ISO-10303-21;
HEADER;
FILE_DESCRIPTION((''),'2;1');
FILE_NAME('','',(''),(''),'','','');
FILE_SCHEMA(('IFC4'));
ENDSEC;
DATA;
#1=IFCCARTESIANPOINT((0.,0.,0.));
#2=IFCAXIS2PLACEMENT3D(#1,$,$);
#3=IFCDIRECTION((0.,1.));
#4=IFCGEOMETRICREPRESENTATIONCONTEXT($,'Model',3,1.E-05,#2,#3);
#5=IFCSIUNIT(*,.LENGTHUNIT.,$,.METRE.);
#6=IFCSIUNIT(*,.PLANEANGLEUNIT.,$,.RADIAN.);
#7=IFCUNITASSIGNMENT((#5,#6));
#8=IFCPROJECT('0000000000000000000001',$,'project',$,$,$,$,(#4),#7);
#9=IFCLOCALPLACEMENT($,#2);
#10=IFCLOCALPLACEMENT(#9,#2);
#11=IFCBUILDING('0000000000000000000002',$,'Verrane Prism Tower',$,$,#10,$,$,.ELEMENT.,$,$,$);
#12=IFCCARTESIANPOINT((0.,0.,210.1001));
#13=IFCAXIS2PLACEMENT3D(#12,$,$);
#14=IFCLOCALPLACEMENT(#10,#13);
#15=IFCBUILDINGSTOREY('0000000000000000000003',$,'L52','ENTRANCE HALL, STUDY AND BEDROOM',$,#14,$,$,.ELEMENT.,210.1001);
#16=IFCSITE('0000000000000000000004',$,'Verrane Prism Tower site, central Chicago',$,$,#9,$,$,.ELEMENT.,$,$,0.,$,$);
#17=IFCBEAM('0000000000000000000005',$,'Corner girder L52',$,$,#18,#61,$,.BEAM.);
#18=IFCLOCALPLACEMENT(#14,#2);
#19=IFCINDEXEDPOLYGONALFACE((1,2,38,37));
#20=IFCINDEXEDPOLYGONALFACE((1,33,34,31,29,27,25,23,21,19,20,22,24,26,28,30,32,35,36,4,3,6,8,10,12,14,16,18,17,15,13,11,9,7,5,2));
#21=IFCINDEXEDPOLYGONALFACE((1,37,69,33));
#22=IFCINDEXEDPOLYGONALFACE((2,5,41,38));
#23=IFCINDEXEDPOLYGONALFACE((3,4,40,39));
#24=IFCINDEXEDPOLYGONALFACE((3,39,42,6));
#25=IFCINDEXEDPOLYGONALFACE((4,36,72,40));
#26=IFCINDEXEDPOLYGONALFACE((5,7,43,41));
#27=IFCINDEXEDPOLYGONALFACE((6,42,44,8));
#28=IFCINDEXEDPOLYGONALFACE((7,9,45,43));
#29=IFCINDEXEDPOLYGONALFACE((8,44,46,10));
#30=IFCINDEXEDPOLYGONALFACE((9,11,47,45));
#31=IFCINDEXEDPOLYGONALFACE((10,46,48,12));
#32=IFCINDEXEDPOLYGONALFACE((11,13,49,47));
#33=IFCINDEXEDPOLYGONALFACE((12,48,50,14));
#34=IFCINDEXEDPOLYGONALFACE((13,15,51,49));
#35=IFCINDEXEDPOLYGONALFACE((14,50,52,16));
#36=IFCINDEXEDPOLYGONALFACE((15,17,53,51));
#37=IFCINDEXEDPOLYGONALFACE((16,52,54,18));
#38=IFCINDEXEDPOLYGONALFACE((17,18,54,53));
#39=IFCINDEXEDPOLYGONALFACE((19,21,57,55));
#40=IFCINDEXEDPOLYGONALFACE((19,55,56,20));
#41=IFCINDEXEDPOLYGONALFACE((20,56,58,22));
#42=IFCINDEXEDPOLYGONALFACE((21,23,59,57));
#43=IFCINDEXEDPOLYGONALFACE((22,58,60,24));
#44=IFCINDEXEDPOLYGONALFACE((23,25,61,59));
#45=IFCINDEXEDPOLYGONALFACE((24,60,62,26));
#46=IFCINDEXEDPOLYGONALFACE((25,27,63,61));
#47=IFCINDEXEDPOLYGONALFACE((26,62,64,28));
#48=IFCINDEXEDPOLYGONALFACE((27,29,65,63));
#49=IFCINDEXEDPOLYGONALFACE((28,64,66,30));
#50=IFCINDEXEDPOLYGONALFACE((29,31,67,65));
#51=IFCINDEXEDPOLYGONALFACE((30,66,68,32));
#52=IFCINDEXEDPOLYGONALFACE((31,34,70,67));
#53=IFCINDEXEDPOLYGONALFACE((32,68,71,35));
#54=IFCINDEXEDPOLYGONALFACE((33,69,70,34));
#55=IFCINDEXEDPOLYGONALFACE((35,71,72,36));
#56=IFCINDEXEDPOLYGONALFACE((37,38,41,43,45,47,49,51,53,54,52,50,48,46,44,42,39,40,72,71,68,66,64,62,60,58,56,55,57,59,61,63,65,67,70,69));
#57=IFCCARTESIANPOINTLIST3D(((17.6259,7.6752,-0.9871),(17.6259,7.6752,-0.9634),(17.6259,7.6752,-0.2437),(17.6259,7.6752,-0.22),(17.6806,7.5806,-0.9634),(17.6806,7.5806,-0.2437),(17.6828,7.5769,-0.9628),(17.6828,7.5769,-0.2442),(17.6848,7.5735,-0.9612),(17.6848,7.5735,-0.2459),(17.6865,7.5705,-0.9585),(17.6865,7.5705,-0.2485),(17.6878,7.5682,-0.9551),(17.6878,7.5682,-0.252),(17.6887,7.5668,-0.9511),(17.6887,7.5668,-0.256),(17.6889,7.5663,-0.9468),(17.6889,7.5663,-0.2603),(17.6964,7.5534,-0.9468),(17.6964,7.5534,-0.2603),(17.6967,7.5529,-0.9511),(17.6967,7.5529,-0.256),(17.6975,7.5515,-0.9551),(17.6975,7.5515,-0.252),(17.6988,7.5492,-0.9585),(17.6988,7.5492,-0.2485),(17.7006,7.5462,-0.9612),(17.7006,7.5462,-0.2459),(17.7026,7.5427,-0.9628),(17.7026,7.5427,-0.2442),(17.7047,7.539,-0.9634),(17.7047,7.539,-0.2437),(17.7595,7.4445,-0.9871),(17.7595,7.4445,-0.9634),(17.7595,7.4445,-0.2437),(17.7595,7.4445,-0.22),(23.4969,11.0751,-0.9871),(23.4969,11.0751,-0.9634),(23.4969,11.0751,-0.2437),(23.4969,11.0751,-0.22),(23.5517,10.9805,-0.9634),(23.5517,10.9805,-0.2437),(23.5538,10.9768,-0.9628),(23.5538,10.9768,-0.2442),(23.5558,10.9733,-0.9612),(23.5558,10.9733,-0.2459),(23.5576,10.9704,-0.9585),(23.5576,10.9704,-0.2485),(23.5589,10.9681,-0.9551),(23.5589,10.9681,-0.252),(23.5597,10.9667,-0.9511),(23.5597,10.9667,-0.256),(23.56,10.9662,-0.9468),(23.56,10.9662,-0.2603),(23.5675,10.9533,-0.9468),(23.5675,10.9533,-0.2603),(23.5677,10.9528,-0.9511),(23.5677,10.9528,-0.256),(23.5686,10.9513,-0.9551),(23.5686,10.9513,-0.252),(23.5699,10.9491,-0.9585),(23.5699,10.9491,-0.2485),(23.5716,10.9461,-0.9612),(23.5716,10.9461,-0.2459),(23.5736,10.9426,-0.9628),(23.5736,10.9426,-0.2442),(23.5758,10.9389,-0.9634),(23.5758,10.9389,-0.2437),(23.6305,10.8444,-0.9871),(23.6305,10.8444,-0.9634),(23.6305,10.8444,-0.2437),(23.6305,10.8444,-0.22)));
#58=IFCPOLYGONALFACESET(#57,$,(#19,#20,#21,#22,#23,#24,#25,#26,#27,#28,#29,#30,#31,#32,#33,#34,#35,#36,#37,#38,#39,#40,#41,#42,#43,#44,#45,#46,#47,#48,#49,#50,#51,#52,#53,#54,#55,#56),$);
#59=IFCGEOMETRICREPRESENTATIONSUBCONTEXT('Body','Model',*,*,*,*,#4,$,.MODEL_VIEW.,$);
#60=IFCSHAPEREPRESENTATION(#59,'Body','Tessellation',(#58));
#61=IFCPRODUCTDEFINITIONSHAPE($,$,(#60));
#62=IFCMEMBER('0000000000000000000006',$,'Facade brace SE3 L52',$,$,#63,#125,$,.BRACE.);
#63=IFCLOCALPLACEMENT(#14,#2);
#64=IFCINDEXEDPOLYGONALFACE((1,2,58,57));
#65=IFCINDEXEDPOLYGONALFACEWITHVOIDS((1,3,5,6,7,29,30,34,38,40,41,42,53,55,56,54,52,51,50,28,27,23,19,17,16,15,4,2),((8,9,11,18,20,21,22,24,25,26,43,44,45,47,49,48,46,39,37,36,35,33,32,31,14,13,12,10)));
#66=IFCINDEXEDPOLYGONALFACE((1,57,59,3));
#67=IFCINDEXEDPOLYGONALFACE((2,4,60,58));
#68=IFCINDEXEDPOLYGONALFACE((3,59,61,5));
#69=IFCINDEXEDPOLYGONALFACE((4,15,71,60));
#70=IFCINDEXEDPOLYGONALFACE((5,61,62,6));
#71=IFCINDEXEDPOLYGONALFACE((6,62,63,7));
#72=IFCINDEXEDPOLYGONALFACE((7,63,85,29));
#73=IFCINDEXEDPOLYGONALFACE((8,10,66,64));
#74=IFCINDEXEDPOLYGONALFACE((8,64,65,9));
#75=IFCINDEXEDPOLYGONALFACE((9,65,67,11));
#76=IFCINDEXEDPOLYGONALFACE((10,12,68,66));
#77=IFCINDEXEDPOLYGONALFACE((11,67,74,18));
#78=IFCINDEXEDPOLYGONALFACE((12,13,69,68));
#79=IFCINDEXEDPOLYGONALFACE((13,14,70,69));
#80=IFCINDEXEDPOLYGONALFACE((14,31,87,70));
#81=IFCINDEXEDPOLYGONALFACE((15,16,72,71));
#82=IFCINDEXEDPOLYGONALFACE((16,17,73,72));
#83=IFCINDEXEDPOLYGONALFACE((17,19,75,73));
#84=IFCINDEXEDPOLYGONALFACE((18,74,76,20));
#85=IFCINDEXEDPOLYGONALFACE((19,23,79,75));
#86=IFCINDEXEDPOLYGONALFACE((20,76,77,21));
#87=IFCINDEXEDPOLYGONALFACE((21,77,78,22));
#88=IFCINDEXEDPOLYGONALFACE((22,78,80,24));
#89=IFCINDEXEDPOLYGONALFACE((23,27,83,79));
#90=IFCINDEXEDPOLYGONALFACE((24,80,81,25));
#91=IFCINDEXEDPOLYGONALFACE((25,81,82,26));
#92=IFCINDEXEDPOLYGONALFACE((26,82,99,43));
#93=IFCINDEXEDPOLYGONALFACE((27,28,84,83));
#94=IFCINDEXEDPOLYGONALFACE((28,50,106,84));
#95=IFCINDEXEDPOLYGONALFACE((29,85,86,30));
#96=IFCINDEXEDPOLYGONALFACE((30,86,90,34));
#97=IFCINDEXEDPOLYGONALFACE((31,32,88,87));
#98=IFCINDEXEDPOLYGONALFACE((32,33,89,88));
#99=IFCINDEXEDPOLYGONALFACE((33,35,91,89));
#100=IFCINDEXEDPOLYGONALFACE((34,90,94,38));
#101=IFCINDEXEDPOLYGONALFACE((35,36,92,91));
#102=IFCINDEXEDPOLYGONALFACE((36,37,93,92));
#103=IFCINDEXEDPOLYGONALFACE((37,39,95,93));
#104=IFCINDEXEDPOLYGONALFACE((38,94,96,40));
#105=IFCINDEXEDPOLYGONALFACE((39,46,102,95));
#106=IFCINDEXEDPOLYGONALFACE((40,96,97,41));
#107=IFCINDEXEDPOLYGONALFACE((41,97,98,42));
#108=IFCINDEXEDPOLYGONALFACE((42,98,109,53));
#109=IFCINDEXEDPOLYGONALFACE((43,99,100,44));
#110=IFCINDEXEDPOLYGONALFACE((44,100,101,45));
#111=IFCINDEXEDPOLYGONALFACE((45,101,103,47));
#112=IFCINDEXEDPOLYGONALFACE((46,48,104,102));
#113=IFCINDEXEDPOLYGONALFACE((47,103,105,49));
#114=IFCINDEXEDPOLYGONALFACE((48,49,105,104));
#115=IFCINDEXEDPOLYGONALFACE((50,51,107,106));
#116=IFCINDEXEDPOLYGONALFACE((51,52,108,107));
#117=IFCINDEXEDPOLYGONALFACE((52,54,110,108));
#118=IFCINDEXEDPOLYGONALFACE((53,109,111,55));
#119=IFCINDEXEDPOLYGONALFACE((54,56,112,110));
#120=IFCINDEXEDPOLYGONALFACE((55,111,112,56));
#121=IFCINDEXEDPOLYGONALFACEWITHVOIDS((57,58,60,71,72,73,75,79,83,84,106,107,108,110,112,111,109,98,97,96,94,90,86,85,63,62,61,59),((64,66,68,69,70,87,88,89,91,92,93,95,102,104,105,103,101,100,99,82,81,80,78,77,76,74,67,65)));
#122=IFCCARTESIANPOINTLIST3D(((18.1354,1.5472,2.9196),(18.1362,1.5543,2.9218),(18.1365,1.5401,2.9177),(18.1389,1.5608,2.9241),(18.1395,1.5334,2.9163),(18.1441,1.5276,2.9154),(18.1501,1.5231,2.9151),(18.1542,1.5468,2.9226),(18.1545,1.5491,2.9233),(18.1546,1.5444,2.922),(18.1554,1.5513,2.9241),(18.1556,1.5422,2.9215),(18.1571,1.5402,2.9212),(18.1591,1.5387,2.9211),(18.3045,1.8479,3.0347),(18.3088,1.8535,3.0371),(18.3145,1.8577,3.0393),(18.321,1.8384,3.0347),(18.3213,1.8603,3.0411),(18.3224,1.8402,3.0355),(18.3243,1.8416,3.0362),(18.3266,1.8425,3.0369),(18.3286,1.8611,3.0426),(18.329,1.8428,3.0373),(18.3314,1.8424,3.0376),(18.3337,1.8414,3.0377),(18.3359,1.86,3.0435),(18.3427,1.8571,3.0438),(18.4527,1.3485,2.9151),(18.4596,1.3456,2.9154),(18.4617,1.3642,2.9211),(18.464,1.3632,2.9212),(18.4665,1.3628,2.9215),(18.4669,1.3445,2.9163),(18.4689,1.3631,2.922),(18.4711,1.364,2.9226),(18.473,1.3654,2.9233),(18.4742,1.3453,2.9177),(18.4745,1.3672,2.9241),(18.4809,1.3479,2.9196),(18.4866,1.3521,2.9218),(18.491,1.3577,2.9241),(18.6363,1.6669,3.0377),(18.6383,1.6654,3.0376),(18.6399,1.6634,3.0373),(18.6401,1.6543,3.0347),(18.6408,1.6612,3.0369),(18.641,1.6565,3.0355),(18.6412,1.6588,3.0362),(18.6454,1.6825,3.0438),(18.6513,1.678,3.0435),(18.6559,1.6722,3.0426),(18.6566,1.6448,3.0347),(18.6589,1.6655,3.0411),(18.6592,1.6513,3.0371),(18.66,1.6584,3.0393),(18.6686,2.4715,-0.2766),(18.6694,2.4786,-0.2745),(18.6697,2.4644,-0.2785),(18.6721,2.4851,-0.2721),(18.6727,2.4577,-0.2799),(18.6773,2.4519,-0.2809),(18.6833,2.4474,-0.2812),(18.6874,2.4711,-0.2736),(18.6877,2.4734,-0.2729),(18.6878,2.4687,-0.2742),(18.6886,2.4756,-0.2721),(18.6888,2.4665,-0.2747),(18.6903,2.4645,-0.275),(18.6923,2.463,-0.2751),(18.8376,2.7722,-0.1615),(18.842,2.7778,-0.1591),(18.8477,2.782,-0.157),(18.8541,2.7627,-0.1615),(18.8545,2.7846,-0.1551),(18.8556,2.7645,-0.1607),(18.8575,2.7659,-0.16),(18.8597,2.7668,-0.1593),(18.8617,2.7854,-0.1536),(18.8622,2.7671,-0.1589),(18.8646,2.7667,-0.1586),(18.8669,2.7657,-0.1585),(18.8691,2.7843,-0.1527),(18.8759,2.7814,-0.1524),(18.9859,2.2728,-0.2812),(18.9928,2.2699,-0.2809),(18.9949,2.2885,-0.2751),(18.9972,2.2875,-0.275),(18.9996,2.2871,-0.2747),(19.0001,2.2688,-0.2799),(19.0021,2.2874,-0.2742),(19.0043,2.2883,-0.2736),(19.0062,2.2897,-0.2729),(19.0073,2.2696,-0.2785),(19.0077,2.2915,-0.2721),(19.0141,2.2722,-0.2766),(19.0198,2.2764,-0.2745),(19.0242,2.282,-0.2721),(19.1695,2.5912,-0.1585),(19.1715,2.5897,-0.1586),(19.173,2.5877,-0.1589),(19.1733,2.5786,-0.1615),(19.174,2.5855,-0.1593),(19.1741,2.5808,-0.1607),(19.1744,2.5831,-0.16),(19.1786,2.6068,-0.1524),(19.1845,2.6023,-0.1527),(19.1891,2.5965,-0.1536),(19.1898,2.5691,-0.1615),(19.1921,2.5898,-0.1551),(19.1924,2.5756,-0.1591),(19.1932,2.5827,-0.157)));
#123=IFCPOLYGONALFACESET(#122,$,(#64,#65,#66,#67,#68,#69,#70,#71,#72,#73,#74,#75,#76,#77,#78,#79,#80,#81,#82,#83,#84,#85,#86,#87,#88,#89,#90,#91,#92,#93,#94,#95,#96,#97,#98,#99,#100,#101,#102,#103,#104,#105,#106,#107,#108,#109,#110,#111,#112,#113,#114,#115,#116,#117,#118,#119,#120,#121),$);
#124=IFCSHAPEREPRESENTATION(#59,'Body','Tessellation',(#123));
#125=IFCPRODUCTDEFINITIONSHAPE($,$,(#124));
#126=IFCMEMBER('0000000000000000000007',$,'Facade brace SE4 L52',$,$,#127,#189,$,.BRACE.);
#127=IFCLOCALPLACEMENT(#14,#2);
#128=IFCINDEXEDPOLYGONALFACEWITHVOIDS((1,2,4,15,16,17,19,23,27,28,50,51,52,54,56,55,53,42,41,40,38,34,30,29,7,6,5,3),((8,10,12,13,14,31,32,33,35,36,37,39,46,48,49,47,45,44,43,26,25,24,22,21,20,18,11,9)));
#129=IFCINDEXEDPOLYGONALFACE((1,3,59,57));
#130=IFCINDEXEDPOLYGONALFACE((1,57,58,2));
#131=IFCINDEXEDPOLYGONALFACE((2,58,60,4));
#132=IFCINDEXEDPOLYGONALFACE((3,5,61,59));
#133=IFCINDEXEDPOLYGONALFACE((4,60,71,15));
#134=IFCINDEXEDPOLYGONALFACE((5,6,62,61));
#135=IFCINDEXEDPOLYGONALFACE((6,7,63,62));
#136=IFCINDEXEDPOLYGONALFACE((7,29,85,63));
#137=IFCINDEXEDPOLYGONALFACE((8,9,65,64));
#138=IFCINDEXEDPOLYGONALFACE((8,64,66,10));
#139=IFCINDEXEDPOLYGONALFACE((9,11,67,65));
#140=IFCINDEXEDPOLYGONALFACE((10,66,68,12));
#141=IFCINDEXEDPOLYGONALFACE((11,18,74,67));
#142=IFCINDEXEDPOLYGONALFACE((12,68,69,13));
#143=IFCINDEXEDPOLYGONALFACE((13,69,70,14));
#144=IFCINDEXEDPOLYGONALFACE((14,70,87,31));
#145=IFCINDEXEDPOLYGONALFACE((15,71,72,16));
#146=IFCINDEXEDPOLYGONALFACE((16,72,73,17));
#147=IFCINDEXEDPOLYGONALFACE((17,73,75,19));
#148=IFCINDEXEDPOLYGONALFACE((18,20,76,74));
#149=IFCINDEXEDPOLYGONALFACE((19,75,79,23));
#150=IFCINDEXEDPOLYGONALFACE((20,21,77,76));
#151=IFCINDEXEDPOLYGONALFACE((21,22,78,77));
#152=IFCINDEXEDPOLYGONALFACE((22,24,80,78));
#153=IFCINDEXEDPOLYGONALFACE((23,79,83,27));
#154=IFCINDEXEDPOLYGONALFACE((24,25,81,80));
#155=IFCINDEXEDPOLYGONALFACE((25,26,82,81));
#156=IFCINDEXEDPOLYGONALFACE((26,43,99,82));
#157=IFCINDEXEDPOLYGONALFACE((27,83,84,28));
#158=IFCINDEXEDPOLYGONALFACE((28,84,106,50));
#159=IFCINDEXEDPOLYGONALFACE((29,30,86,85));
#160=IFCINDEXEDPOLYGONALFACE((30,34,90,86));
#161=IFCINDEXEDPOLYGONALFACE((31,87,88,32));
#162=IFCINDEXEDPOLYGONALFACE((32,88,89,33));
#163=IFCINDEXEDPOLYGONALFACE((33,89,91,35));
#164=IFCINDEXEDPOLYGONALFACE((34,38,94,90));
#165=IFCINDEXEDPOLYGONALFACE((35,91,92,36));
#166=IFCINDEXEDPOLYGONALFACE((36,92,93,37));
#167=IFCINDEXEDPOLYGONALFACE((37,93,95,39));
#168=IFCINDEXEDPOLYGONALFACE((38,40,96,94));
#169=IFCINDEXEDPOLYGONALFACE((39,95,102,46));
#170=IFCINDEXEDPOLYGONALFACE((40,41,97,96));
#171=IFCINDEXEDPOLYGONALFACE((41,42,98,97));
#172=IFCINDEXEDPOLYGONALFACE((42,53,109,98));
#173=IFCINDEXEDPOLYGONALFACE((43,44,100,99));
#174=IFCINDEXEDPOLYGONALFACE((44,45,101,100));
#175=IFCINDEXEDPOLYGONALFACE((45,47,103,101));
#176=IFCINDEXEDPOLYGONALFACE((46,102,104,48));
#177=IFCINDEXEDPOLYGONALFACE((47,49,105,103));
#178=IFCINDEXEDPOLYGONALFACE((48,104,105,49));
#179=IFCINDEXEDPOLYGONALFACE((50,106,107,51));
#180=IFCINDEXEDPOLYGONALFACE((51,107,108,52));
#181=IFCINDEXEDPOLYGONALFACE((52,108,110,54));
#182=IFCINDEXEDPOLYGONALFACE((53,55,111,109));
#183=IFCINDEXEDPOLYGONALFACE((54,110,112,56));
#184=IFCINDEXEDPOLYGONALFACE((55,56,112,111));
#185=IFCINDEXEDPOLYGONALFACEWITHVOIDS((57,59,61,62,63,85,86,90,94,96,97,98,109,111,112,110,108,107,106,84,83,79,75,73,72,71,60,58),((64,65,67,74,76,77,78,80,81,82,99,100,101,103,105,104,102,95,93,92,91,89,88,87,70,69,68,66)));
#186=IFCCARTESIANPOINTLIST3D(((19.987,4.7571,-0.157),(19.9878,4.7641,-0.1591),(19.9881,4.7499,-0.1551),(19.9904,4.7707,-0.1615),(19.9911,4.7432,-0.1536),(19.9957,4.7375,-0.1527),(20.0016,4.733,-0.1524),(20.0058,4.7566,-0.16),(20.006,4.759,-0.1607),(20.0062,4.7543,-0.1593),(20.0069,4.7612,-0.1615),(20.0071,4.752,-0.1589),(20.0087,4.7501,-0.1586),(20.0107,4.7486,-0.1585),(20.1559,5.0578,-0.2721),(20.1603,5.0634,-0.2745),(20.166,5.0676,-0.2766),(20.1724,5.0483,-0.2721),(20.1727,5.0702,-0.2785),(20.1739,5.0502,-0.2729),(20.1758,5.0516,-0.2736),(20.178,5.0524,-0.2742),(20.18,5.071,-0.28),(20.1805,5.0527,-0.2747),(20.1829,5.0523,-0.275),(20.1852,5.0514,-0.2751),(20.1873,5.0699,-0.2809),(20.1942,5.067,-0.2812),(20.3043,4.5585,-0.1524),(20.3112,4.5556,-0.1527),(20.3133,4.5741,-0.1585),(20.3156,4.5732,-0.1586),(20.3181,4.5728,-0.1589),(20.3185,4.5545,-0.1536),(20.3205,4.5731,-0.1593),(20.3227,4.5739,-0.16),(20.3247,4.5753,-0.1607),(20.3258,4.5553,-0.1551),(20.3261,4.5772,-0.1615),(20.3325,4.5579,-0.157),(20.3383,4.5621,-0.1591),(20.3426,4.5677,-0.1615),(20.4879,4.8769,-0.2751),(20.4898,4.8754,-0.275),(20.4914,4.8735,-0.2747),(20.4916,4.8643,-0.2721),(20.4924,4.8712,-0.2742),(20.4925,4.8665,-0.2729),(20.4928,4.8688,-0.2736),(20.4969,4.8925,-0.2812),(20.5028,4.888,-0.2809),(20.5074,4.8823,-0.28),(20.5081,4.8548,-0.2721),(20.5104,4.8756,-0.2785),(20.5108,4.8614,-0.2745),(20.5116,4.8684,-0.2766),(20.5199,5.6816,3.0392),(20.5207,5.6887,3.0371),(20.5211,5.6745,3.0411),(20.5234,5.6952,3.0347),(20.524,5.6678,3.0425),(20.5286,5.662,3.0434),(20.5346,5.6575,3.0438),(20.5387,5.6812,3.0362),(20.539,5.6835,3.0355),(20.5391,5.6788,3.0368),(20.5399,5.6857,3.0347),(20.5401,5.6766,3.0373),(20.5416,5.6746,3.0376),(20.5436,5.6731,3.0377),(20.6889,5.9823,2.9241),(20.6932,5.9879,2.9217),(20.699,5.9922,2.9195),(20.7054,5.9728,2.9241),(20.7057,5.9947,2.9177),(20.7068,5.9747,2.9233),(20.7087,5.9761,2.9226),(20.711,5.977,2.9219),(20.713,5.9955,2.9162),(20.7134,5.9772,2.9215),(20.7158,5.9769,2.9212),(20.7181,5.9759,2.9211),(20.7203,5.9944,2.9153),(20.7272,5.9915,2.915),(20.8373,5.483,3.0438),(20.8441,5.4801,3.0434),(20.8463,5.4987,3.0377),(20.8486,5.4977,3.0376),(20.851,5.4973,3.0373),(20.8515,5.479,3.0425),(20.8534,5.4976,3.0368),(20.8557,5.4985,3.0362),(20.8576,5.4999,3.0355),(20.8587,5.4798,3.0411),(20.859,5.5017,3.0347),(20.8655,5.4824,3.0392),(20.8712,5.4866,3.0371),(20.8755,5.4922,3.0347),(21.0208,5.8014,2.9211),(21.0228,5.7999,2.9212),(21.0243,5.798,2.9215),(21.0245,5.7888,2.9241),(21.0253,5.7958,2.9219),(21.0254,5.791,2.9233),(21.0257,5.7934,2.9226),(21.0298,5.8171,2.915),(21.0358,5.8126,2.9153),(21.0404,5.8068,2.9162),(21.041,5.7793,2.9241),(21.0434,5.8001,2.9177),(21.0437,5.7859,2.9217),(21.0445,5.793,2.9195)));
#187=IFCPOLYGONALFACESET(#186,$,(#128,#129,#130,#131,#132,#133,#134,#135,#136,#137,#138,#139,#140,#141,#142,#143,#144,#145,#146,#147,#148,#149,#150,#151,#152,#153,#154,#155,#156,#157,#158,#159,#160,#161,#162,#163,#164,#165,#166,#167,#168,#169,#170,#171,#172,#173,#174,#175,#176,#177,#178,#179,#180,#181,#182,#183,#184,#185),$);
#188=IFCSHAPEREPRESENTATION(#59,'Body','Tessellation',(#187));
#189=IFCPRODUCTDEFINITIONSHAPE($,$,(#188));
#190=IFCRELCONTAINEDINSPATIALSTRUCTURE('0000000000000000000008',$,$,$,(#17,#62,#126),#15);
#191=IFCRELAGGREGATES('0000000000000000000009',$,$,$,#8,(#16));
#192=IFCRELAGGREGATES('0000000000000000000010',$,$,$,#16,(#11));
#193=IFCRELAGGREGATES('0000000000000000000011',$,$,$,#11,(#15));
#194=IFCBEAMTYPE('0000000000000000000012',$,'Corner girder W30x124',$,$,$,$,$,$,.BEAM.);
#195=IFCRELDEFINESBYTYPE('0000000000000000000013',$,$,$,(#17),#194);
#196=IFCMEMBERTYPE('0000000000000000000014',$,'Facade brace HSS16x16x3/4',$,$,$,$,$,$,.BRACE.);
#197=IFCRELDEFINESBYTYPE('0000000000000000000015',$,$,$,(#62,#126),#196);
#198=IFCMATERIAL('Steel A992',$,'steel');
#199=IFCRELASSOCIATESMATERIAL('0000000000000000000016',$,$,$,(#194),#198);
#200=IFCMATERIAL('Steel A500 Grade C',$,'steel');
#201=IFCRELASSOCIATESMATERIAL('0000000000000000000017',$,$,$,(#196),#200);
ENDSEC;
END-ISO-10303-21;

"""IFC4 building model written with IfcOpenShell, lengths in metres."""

from ifc_helpers import new_model, si_unit, direction, frame, origin, origin_2d, place, context, subcontext, project, spatial, hollow_rectangle, i_section, extrude, material, material_profile, profile_set, type_object, element, save


model = new_model("IFC4")

# Units and contexts
model_context = context("Model", 3, precision=1e-05, world=origin(), true_north=direction((0.0, 1.0)))
body_context = subcontext(model_context, "Body", "Model", "MODEL_VIEW")
ifc_project = project(units=[si_unit("LENGTHUNIT", "METRE"), si_unit("PLANEANGLEUNIT", "RADIAN")], contexts=[model_context])

# Site, building, storey
site_placement = place(None, origin())
site = spatial("IfcSite", under=ifc_project, at=site_placement, Name="Verrane Prism Tower site, central Chicago", CompositionType="ELEMENT", RefElevation=0.0)
building_placement = place(site_placement, origin())
building = spatial("IfcBuilding", under=site, at=building_placement, Name="Verrane Prism Tower", CompositionType="ELEMENT")
storey_placement = place(building_placement, frame((0.0, 0.0, 210.1001)))
storey = spatial("IfcBuildingStorey", under=building, at=storey_placement, Name="L52", Description="ENTRANCE HALL, STUDY AND BEDROOM", CompositionType="ELEMENT", Elevation=210.1001)

# Beam
ifc_material_1 = material(Name="Steel A992", Category="steel")
ifc_material_profile_1 = material_profile(ifc_material_1, i_section(OverallWidth=0.2666, OverallDepth=0.7671, WebThickness=0.0149, FlangeThickness=0.0237, FilletRadius=0.0166, at=origin_2d()), Name="W30x124")
ifc_profile_set_1 = profile_set([ifc_material_profile_1], Name="Steel A992")
beam_type_1 = type_object("IfcBeamType", Name="Corner girder W30x124", PredefinedType="BEAM", material=ifc_profile_set_1)
beam_1_placement = place(storey_placement, frame((23.5637, 10.9597, -0.6035), z_axis=(-0.865372, -0.50113, 0.0), x_axis=(0.50113, -0.865372, 0.0)))
element("IfcBeam", 1, at=beam_1_placement, inside=storey, type_object=beam_type_1, Name="Corner girder L52", PredefinedType="BEAM", context=body_context, shape_type="SweptSolid", body=[
    extrude(i_section(OverallWidth=0.2666, OverallDepth=0.7671, WebThickness=0.0149, FlangeThickness=0.0237, FilletRadius=0.0166, at=origin_2d()), origin(), (0.0, 0.0, 1.0), 6.7844),
])

# Members
ifc_material_2 = material(Name="Steel A500 Grade C", Category="steel")
ifc_material_profile_2 = material_profile(ifc_material_2, hollow_rectangle(XDim=0.4065, YDim=0.4065, WallThickness=0.019, InnerFilletRadius=0.0095, OuterFilletRadius=0.0286, at=origin_2d()), Name="HSS16x16x3/4")
ifc_profile_set_2 = profile_set([ifc_material_profile_2], Name="Steel A500 Grade C")
member_type_1 = type_object("IfcMemberType", Name="Facade brace HSS16x16x3/4", PredefinedType="BRACE", material=ifc_profile_set_2)
for number, where, z_axis, x_axis, name in (
    (2, (18.9309, 2.5271, -0.2168), (-0.158234, -0.274302, 0.948536), (0.866208, -0.499683, 0.0), "Facade brace SE3 L52"),
    (3, (20.2493, 4.8127, -0.2168), (0.15816, 0.274372, 0.948528), (-0.866365, 0.499412, 0.0), "Facade brace SE4 L52"),
):
    element("IfcMember", number, at=place(storey_placement, frame(where, z_axis=z_axis, x_axis=x_axis)), inside=storey, type_object=member_type_1, Name=name, PredefinedType="BRACE", context=body_context, shape_type="SweptSolid", body=[
        extrude(hollow_rectangle(XDim=0.4065, YDim=0.4065, WallThickness=0.019, InnerFilletRadius=0.0095, OuterFilletRadius=0.0286, at=origin_2d()), origin(), (0.0, 0.0, 1.0), 3.3696),
    ])

save(model, "model.ifc")
